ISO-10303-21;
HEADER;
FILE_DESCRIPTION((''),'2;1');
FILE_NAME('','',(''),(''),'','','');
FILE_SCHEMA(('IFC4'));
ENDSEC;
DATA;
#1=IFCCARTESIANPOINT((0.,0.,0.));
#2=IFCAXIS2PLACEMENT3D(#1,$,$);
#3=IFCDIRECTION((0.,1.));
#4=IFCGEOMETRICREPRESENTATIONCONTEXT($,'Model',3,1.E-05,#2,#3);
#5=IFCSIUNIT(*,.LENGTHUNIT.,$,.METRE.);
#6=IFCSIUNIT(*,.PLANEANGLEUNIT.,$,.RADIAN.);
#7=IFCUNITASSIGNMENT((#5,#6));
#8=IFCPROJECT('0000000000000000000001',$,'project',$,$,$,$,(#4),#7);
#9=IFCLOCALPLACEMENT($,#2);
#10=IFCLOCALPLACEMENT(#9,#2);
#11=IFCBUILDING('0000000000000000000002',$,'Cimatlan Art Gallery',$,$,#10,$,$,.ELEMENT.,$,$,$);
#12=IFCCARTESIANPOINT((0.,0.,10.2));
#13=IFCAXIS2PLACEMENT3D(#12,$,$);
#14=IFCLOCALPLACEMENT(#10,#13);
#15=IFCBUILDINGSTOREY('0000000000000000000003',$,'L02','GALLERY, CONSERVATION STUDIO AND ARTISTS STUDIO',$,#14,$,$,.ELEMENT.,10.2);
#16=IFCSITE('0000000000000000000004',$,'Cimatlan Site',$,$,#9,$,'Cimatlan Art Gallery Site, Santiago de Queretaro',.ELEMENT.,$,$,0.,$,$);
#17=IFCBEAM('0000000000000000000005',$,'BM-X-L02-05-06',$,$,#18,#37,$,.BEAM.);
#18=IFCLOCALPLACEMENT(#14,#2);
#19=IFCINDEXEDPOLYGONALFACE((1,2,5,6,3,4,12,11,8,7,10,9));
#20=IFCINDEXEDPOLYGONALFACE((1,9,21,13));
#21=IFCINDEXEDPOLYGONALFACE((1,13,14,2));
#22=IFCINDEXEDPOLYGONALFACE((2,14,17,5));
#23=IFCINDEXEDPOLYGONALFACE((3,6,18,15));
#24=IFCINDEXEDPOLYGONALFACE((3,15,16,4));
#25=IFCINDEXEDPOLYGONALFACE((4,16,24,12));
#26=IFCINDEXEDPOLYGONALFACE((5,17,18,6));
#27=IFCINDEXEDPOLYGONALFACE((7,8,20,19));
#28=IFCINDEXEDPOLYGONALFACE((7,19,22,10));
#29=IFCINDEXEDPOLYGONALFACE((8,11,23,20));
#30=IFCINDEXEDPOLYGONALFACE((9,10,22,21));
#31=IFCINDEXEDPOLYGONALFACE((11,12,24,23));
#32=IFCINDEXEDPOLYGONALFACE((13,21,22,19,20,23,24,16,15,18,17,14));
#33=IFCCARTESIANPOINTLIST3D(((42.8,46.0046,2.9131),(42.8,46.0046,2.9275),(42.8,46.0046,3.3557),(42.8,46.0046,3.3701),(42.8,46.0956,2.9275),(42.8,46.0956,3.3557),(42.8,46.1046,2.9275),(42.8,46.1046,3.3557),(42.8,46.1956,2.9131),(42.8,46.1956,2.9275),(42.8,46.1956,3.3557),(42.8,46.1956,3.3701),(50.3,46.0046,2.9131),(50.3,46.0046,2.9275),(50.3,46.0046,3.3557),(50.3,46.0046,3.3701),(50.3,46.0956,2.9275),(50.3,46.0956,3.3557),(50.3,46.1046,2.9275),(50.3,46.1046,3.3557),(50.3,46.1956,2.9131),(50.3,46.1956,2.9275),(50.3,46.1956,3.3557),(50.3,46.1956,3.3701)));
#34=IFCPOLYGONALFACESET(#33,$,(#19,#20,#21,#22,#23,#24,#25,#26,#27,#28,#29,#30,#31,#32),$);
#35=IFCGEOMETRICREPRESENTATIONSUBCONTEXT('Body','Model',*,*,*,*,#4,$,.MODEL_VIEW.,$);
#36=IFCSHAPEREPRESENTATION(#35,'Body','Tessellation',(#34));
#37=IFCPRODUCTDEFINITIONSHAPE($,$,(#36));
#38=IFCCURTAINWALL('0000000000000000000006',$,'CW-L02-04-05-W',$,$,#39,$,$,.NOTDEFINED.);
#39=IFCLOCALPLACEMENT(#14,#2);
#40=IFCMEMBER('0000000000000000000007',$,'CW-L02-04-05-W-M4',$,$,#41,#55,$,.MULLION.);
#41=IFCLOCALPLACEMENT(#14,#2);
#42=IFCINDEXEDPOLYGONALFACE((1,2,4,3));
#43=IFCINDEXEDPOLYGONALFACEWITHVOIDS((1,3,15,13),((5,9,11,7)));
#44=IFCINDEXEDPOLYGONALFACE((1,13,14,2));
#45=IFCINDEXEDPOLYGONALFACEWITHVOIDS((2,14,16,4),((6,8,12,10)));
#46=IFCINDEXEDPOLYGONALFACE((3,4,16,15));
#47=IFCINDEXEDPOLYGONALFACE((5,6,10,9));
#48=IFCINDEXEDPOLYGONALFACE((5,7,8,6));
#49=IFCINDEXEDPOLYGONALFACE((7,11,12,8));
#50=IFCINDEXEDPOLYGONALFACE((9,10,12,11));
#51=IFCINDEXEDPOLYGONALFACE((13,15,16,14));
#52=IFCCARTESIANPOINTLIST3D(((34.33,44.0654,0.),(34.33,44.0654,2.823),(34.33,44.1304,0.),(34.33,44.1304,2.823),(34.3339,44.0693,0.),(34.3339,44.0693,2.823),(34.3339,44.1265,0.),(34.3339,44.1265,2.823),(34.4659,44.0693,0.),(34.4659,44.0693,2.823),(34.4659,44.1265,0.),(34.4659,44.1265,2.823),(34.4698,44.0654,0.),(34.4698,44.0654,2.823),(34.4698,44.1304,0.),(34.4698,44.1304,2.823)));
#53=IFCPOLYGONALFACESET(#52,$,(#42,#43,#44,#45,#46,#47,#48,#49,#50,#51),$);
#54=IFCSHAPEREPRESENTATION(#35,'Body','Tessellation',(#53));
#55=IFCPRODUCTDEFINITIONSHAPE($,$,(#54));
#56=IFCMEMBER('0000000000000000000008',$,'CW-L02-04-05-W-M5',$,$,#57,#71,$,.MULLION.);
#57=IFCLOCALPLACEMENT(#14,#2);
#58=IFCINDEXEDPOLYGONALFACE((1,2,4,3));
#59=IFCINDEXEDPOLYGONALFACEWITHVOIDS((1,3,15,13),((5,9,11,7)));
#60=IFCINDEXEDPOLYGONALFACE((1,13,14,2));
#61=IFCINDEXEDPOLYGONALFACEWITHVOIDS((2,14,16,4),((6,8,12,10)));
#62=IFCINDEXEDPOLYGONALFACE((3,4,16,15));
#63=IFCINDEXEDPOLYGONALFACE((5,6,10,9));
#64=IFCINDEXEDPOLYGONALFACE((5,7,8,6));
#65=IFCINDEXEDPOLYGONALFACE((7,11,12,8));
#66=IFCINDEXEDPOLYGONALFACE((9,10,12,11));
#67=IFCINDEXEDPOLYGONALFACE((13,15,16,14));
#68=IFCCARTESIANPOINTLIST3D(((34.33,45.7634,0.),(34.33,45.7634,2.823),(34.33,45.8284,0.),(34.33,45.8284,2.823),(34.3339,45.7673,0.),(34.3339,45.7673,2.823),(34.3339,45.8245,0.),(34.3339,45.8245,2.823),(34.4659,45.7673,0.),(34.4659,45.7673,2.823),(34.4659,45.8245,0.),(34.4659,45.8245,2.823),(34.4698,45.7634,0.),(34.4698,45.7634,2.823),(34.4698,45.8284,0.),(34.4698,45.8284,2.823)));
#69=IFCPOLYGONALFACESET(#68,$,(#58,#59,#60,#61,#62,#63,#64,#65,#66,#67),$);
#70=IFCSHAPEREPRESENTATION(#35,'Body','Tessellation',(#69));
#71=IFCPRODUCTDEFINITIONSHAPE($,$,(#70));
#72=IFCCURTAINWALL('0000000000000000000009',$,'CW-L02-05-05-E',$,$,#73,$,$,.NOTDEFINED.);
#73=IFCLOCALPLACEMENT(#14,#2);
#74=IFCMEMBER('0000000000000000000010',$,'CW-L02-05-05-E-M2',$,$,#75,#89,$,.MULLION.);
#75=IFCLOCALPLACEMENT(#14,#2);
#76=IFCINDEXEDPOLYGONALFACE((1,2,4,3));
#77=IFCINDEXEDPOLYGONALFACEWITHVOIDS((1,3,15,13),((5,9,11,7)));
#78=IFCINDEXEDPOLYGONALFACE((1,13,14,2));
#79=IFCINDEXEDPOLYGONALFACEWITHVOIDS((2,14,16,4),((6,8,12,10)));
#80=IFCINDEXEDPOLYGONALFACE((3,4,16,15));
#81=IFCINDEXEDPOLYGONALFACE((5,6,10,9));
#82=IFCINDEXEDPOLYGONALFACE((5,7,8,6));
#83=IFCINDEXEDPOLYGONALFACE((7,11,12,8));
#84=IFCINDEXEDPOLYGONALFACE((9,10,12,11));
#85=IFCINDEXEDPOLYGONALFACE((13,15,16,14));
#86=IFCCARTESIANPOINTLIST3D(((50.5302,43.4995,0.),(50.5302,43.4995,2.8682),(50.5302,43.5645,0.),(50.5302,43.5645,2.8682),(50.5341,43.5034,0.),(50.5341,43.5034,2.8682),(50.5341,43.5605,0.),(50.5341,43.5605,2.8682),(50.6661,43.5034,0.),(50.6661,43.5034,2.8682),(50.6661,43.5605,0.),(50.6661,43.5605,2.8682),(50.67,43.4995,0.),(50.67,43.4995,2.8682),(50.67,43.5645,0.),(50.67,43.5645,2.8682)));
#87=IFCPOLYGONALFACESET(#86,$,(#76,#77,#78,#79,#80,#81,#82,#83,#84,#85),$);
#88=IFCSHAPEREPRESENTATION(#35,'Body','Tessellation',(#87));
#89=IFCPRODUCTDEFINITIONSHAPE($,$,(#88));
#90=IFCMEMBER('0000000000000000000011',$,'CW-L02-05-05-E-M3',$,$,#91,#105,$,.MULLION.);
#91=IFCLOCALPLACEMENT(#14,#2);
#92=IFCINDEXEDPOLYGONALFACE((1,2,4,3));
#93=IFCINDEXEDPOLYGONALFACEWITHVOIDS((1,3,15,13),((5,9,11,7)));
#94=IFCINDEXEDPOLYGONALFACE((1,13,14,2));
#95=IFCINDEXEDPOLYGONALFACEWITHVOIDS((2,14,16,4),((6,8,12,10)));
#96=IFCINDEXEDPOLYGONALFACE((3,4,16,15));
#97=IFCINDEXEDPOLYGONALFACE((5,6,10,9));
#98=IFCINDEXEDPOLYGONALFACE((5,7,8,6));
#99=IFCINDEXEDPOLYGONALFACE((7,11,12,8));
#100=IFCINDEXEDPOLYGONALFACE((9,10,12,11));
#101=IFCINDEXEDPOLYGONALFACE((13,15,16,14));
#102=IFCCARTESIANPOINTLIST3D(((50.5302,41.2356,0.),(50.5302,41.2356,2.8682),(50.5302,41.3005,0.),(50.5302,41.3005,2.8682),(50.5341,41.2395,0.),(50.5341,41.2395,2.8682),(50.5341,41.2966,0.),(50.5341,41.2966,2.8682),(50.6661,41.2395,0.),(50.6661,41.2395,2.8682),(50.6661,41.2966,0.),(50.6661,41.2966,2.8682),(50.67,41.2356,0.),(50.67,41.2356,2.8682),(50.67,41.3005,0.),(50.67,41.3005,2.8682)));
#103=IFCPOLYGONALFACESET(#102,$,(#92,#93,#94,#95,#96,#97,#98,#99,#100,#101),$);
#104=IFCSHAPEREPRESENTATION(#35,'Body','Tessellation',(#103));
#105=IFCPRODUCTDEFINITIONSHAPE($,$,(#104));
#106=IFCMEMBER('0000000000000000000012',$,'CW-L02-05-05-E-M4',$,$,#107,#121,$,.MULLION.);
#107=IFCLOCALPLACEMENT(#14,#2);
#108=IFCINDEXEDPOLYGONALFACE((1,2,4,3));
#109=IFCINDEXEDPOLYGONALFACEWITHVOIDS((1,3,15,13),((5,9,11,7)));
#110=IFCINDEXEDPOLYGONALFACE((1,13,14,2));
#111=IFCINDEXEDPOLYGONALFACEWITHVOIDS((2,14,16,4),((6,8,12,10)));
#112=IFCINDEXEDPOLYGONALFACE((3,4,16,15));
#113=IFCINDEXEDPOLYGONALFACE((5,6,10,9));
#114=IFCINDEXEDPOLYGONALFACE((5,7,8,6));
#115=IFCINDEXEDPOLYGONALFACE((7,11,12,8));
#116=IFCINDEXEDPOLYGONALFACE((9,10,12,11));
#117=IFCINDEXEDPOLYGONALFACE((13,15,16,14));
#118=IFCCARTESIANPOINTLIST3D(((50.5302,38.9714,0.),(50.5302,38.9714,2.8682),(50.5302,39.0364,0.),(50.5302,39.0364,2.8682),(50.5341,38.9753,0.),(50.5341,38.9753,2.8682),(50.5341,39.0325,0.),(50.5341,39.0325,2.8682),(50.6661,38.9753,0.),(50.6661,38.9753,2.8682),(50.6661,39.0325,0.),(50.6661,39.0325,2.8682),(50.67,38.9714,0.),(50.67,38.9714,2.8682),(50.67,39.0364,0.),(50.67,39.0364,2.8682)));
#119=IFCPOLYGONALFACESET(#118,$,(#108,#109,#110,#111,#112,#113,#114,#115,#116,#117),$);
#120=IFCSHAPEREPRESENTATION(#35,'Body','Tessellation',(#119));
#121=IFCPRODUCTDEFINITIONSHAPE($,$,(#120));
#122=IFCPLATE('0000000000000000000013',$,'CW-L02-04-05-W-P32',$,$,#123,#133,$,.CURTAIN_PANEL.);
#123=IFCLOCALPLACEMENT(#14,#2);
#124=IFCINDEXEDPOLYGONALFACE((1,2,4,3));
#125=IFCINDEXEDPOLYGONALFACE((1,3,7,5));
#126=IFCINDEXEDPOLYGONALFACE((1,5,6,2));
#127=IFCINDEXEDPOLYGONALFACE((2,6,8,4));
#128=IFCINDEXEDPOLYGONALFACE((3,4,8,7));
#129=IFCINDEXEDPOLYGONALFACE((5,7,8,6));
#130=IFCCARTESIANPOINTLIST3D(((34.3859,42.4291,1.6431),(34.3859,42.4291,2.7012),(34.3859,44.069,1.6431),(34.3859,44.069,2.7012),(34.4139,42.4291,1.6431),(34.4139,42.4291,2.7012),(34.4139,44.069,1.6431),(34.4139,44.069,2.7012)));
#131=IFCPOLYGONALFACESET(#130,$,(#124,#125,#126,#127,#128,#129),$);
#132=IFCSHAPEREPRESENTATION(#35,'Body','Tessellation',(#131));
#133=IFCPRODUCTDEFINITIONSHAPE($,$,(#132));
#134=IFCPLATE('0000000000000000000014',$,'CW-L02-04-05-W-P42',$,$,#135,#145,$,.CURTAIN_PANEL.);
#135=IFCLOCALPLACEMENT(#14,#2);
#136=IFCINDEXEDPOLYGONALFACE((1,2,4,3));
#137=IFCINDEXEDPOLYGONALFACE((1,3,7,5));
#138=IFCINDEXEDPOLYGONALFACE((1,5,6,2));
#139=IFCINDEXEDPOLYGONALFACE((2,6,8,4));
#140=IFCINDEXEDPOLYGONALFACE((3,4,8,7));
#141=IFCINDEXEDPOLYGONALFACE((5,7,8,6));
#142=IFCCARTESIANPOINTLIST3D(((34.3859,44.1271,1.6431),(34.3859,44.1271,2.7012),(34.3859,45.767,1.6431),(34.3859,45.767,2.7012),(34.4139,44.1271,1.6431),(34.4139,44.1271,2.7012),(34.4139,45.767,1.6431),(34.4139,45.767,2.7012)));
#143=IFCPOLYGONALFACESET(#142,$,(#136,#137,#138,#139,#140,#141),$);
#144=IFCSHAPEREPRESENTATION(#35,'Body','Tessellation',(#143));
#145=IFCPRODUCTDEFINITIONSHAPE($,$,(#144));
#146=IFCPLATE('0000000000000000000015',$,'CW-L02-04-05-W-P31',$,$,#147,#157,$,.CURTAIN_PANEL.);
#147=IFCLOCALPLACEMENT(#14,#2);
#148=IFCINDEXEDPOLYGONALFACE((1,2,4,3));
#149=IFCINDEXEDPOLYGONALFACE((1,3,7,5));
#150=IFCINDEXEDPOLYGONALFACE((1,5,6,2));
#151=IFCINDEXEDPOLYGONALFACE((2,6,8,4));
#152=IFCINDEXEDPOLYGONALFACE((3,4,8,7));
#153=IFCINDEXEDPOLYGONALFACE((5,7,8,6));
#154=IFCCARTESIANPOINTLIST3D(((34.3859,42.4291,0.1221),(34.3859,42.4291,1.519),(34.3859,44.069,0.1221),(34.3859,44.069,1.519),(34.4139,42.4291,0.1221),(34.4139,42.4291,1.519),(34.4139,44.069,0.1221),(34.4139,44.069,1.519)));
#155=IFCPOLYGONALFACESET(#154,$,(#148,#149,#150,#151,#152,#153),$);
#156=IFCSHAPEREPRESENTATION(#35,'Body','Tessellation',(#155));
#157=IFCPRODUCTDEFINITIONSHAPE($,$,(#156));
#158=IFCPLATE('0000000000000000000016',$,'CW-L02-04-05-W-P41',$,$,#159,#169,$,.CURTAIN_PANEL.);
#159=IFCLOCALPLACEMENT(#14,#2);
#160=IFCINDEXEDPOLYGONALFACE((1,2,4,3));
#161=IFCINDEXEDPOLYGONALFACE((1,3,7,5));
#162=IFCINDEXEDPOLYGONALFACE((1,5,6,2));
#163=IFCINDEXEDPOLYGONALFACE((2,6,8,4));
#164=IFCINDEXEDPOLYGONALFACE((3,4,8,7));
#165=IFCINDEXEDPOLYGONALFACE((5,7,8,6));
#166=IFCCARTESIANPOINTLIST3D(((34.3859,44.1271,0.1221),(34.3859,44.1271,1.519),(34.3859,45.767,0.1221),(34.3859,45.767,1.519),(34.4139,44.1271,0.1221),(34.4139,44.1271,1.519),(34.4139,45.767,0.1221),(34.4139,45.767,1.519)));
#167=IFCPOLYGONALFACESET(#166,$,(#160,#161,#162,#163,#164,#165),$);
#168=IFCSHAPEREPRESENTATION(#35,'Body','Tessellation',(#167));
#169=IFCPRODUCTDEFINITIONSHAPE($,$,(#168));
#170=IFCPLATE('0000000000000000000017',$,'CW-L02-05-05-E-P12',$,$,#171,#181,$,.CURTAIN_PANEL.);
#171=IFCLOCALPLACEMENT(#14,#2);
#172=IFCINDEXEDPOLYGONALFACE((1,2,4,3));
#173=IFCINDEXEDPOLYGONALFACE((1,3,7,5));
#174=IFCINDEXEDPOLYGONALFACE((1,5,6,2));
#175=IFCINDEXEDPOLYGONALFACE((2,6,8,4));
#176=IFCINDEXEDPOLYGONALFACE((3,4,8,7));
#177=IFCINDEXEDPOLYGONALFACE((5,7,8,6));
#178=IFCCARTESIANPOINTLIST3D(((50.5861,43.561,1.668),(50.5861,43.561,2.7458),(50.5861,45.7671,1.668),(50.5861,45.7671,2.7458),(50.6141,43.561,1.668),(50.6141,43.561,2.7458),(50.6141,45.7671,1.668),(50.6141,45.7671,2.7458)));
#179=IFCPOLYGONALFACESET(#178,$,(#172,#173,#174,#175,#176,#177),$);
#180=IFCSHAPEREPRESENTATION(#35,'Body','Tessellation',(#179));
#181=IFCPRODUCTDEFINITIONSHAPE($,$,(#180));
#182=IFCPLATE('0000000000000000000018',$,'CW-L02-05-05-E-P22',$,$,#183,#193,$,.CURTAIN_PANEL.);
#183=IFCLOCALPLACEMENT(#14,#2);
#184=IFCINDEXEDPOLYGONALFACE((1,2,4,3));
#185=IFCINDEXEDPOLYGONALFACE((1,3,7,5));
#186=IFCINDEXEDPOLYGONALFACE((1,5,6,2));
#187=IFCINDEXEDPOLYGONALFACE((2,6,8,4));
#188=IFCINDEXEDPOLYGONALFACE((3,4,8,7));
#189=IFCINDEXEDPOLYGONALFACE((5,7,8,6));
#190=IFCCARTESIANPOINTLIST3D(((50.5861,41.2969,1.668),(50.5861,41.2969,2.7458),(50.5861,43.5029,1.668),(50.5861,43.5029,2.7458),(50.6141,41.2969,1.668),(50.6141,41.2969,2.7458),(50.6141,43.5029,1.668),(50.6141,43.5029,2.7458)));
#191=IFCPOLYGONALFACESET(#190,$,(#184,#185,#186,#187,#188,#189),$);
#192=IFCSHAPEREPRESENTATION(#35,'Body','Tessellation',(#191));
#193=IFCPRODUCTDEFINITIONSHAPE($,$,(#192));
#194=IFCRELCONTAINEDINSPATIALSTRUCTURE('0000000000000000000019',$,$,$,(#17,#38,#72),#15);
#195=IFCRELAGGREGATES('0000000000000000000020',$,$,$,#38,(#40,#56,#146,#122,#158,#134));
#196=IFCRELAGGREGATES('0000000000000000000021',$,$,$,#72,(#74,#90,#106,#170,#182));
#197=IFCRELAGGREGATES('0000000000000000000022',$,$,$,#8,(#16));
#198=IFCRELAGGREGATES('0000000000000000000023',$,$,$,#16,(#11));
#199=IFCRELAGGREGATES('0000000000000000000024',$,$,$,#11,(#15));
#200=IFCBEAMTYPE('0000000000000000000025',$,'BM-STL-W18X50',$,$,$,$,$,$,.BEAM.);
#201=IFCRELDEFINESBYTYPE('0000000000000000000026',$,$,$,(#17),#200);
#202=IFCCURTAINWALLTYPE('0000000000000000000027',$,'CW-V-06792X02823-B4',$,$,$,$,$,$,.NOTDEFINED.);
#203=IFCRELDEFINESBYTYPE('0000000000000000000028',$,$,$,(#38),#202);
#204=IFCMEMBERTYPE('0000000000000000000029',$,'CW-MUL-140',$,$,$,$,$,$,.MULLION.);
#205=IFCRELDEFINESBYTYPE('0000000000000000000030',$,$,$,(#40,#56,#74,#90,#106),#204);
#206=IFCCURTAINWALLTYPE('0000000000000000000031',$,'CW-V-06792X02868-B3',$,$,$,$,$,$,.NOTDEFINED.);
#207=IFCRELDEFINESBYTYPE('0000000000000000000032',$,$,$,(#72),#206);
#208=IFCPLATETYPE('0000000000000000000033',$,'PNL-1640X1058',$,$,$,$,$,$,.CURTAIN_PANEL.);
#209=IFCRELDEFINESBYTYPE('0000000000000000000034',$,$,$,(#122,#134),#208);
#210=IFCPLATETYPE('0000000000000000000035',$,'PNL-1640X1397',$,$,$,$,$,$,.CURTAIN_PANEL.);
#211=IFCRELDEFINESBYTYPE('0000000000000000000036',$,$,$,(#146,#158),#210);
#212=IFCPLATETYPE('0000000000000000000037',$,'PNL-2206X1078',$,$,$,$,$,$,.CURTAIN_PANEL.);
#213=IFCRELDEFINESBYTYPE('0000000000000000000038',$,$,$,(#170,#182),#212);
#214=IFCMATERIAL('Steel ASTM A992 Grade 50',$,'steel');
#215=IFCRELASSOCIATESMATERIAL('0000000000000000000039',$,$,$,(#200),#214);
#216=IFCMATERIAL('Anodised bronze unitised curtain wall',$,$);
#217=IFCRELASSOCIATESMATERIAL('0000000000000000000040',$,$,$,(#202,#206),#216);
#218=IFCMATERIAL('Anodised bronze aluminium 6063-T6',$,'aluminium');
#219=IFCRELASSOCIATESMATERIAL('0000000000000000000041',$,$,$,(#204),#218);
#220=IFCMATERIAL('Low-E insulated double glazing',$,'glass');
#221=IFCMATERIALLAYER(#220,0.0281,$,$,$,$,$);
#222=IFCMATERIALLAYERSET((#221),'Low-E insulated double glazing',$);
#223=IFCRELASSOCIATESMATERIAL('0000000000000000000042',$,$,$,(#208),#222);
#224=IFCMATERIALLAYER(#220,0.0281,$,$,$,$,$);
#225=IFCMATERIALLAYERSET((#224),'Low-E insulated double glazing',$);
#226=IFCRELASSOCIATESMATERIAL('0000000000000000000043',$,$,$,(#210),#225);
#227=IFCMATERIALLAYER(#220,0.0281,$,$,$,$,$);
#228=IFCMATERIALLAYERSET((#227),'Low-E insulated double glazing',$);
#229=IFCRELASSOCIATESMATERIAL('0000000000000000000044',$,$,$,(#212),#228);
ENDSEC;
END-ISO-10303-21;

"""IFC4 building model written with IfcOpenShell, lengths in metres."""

from ifc_helpers import new_model, si_unit, direction, frame, origin, origin_2d, place, context, subcontext, project, spatial, rectangle, hollow_rectangle, i_section, extrude, material, layer, layer_set, material_profile, profile_set, type_object, element, aggregate, save


model = new_model("IFC4")

# Units and contexts
model_context = context("Model", 3, precision=1e-05, world=origin(), true_north=direction((0.0, 1.0)))
body_context = subcontext(model_context, "Body", "Model", "MODEL_VIEW")
ifc_project = project(units=[si_unit("LENGTHUNIT", "METRE"), si_unit("PLANEANGLEUNIT", "RADIAN")], contexts=[model_context])

# Site, building, storey
site_placement = place(None, origin())
site = spatial("IfcSite", under=ifc_project, at=site_placement, Name="Cimatlan Site", LongName="Cimatlan Art Gallery Site, Santiago de Queretaro", CompositionType="ELEMENT", RefElevation=0.0)
building_placement = place(site_placement, origin())
building = spatial("IfcBuilding", under=site, at=building_placement, Name="Cimatlan Art Gallery", CompositionType="ELEMENT")
storey_placement = place(building_placement, frame((0.0, 0.0, 10.2)))
storey = spatial("IfcBuildingStorey", under=building, at=storey_placement, Name="L02", Description="GALLERY, CONSERVATION STUDIO AND ARTISTS STUDIO", CompositionType="ELEMENT", Elevation=10.2)

# Beam
ifc_material_1 = material(Name="Steel ASTM A992 Grade 50", Category="steel")
ifc_material_profile_1 = material_profile(ifc_material_1, i_section(OverallWidth=0.1909, OverallDepth=0.457, WebThickness=0.009, FlangeThickness=0.0144, at=origin_2d()), Name="W18X50")
ifc_profile_set_1 = profile_set([ifc_material_profile_1], Name="Steel ASTM A992 Grade 50")
beam_type_1 = type_object("IfcBeamType", Name="BM-STL-W18X50", PredefinedType="BEAM", material=ifc_profile_set_1)
for number, where, z_axis, x_axis, name in (
    (1, (42.8, 46.1001, 3.1416), (1.0, 0.0, 0.0), (0.0, 1.0, 0.0), "BM-X-L02-05-06"),
):
    element("IfcBeam", number, at=place(storey_placement, frame(where, z_axis=z_axis, x_axis=x_axis)), inside=storey, type_object=beam_type_1, Name=name, PredefinedType="BEAM", context=body_context, shape_type="SweptSolid", body=[
        extrude(i_section(OverallWidth=0.1909, OverallDepth=0.457, WebThickness=0.009, FlangeThickness=0.0144, at=origin_2d()), origin(), (0.0, 0.0, 1.0), 7.5),
    ])

# Curtain walls, members
ifc_material_2 = material(Name="Anodised bronze unitised curtain wall")
curtain_wall_type_1 = type_object("IfcCurtainWallType", Name="CW-V-06792X02823-B4", PredefinedType="NOTDEFINED", material=ifc_material_2)
curtain_wall_1_placement = place(storey_placement, origin())
curtain_wall_1 = element("IfcCurtainWall", 2, at=curtain_wall_1_placement, inside=storey, type_object=curtain_wall_type_1, Name="CW-L02-04-05-W", PredefinedType="NOTDEFINED")
ifc_material_3 = material(Name="Anodised bronze aluminium 6063-T6", Category="aluminium")
ifc_material_profile_2 = material_profile(ifc_material_3, hollow_rectangle(XDim=0.0649, YDim=0.1399, WallThickness=0.0039, at=origin_2d()), Name="ALU65X140X4")
ifc_profile_set_2 = profile_set([ifc_material_profile_2], Name="Anodised bronze aluminium 6063-T6")
member_type = type_object("IfcMemberType", Name="CW-MUL-140", PredefinedType="MULLION", material=ifc_profile_set_2)
member_1_placement = place(storey_placement, frame((34.3999, 44.0979, 0.0), z_axis=(0.0, 0.0, 1.0), x_axis=(0.0, 1.0, 0.0)))
member_1 = element("IfcMember", 3, at=member_1_placement, type_object=member_type, Name="CW-L02-04-05-W-M4", PredefinedType="MULLION", context=body_context, shape_type="SweptSolid", body=[
    extrude(hollow_rectangle(XDim=0.0649, YDim=0.1399, WallThickness=0.0039, at=origin_2d()), origin(), (0.0, 0.0, 1.0), 2.823),
])
member_2_placement = place(storey_placement, frame((34.3999, 45.7959, 0.0), z_axis=(0.0, 0.0, 1.0), x_axis=(0.0, 1.0, 0.0)))
member_2 = element("IfcMember", 4, at=member_2_placement, type_object=member_type, Name="CW-L02-04-05-W-M5", PredefinedType="MULLION", context=body_context, shape_type="SweptSolid", body=[
    extrude(hollow_rectangle(XDim=0.0649, YDim=0.1399, WallThickness=0.0039, at=origin_2d()), origin(), (0.0, 0.0, 1.0), 2.823),
])
curtain_wall_type_2 = type_object("IfcCurtainWallType", Name="CW-V-06792X02868-B3", PredefinedType="NOTDEFINED", material=ifc_material_2)
curtain_wall_2_placement = place(storey_placement, origin())
curtain_wall_2 = element("IfcCurtainWall", 5, at=curtain_wall_2_placement, inside=storey, type_object=curtain_wall_type_2, Name="CW-L02-05-05-E", PredefinedType="NOTDEFINED")
member_3_placement = place(storey_placement, frame((50.6001, 43.532, 0.0), z_axis=(0.0, 0.0, 1.0), x_axis=(0.0, 1.0, 0.0)))
member_3 = element("IfcMember", 6, at=member_3_placement, type_object=member_type, Name="CW-L02-05-05-E-M2", PredefinedType="MULLION", context=body_context, shape_type="SweptSolid", body=[
    extrude(hollow_rectangle(XDim=0.0649, YDim=0.1399, WallThickness=0.0039, at=origin_2d()), origin(), (0.0, 0.0, 1.0), 2.8682),
])
member_4_placement = place(storey_placement, frame((50.6001, 41.2681, 0.0), z_axis=(0.0, 0.0, 1.0), x_axis=(0.0, 1.0, 0.0)))
member_4 = element("IfcMember", 7, at=member_4_placement, type_object=member_type, Name="CW-L02-05-05-E-M3", PredefinedType="MULLION", context=body_context, shape_type="SweptSolid", body=[
    extrude(hollow_rectangle(XDim=0.0649, YDim=0.1399, WallThickness=0.0039, at=origin_2d()), origin(), (0.0, 0.0, 1.0), 2.8682),
])
member_5_placement = place(storey_placement, frame((50.6001, 39.0039, 0.0), z_axis=(0.0, 0.0, 1.0), x_axis=(0.0, 1.0, 0.0)))
member_5 = element("IfcMember", 8, at=member_5_placement, type_object=member_type, Name="CW-L02-05-05-E-M4", PredefinedType="MULLION", context=body_context, shape_type="SweptSolid", body=[
    extrude(hollow_rectangle(XDim=0.0649, YDim=0.1399, WallThickness=0.0039, at=origin_2d()), origin(), (0.0, 0.0, 1.0), 2.8682),
])

# Plates
ifc_material_4 = material(Name="Low-E insulated double glazing", Category="glass")
ifc_layer_1 = layer(ifc_material_4, 0.0281)
ifc_layer_set_1 = layer_set([ifc_layer_1], Name="Low-E insulated double glazing")
plate_type_1 = type_object("IfcPlateType", Name="PNL-1640X1058", PredefinedType="CURTAIN_PANEL", material=ifc_layer_set_1)
plate_1_placement = place(storey_placement, frame((34.3999, 43.249, 1.6431), z_axis=(0.0, 0.0, 1.0), x_axis=(0.0, 1.0, 0.0)))
plate_1 = element("IfcPlate", 9, at=plate_1_placement, type_object=plate_type_1, Name="CW-L02-04-05-W-P32", PredefinedType="CURTAIN_PANEL", context=body_context, shape_type="SweptSolid", body=[
    extrude(rectangle(XDim=1.6399, YDim=0.0281, at=origin_2d()), origin(), (0.0, 0.0, 1.0), 1.0581),
])
plate_2_placement = place(storey_placement, frame((34.3999, 44.947, 1.6431), z_axis=(0.0, 0.0, 1.0), x_axis=(0.0, 1.0, 0.0)))
plate_2 = element("IfcPlate", 10, at=plate_2_placement, type_object=plate_type_1, Name="CW-L02-04-05-W-P42", PredefinedType="CURTAIN_PANEL", context=body_context, shape_type="SweptSolid", body=[
    extrude(rectangle(XDim=1.6399, YDim=0.0281, at=origin_2d()), origin(), (0.0, 0.0, 1.0), 1.0581),
])
ifc_layer_2 = layer(ifc_material_4, 0.0281)
ifc_layer_set_2 = layer_set([ifc_layer_2], Name="Low-E insulated double glazing")
plate_type_2 = type_object("IfcPlateType", Name="PNL-1640X1397", PredefinedType="CURTAIN_PANEL", material=ifc_layer_set_2)
plate_3_placement = place(storey_placement, frame((34.3999, 43.249, 0.1221), z_axis=(0.0, 0.0, 1.0), x_axis=(0.0, 1.0, 0.0)))
plate_3 = element("IfcPlate", 11, at=plate_3_placement, type_object=plate_type_2, Name="CW-L02-04-05-W-P31", PredefinedType="CURTAIN_PANEL", context=body_context, shape_type="SweptSolid", body=[
    extrude(rectangle(XDim=1.6399, YDim=0.0281, at=origin_2d()), origin(), (0.0, 0.0, 1.0), 1.397),
])
plate_4_placement = place(storey_placement, frame((34.3999, 44.947, 0.1221), z_axis=(0.0, 0.0, 1.0), x_axis=(0.0, 1.0, 0.0)))
plate_4 = element("IfcPlate", 12, at=plate_4_placement, type_object=plate_type_2, Name="CW-L02-04-05-W-P41", PredefinedType="CURTAIN_PANEL", context=body_context, shape_type="SweptSolid", body=[
    extrude(rectangle(XDim=1.6399, YDim=0.0281, at=origin_2d()), origin(), (0.0, 0.0, 1.0), 1.397),
])
aggregate(curtain_wall_1, [member_1, member_2, plate_3, plate_1, plate_4, plate_2])
ifc_layer_3 = layer(ifc_material_4, 0.0281)
ifc_layer_set_3 = layer_set([ifc_layer_3], Name="Low-E insulated double glazing")
plate_type_3 = type_object("IfcPlateType", Name="PNL-2206X1078", PredefinedType="CURTAIN_PANEL", material=ifc_layer_set_3)
plate_5_placement = place(storey_placement, frame((50.6001, 44.6641, 1.668), z_axis=(0.0, 0.0, 1.0), x_axis=(0.0, -1.0, 0.0)))
plate_5 = element("IfcPlate", 13, at=plate_5_placement, type_object=plate_type_3, Name="CW-L02-05-05-E-P12", PredefinedType="CURTAIN_PANEL", context=body_context, shape_type="SweptSolid", body=[
    extrude(rectangle(XDim=2.2061, YDim=0.0281, at=origin_2d()), origin(), (0.0, 0.0, 1.0), 1.0779),
])
plate_6_placement = place(storey_placement, frame((50.6001, 42.3999, 1.668), z_axis=(0.0, 0.0, 1.0), x_axis=(0.0, -1.0, 0.0)))
plate_6 = element("IfcPlate", 14, at=plate_6_placement, type_object=plate_type_3, Name="CW-L02-05-05-E-P22", PredefinedType="CURTAIN_PANEL", context=body_context, shape_type="SweptSolid", body=[
    extrude(rectangle(XDim=2.2061, YDim=0.0281, at=origin_2d()), origin(), (0.0, 0.0, 1.0), 1.0779),
])
aggregate(curtain_wall_2, [member_3, member_4, member_5, plate_5, plate_6])

save(model, "model.ifc")
